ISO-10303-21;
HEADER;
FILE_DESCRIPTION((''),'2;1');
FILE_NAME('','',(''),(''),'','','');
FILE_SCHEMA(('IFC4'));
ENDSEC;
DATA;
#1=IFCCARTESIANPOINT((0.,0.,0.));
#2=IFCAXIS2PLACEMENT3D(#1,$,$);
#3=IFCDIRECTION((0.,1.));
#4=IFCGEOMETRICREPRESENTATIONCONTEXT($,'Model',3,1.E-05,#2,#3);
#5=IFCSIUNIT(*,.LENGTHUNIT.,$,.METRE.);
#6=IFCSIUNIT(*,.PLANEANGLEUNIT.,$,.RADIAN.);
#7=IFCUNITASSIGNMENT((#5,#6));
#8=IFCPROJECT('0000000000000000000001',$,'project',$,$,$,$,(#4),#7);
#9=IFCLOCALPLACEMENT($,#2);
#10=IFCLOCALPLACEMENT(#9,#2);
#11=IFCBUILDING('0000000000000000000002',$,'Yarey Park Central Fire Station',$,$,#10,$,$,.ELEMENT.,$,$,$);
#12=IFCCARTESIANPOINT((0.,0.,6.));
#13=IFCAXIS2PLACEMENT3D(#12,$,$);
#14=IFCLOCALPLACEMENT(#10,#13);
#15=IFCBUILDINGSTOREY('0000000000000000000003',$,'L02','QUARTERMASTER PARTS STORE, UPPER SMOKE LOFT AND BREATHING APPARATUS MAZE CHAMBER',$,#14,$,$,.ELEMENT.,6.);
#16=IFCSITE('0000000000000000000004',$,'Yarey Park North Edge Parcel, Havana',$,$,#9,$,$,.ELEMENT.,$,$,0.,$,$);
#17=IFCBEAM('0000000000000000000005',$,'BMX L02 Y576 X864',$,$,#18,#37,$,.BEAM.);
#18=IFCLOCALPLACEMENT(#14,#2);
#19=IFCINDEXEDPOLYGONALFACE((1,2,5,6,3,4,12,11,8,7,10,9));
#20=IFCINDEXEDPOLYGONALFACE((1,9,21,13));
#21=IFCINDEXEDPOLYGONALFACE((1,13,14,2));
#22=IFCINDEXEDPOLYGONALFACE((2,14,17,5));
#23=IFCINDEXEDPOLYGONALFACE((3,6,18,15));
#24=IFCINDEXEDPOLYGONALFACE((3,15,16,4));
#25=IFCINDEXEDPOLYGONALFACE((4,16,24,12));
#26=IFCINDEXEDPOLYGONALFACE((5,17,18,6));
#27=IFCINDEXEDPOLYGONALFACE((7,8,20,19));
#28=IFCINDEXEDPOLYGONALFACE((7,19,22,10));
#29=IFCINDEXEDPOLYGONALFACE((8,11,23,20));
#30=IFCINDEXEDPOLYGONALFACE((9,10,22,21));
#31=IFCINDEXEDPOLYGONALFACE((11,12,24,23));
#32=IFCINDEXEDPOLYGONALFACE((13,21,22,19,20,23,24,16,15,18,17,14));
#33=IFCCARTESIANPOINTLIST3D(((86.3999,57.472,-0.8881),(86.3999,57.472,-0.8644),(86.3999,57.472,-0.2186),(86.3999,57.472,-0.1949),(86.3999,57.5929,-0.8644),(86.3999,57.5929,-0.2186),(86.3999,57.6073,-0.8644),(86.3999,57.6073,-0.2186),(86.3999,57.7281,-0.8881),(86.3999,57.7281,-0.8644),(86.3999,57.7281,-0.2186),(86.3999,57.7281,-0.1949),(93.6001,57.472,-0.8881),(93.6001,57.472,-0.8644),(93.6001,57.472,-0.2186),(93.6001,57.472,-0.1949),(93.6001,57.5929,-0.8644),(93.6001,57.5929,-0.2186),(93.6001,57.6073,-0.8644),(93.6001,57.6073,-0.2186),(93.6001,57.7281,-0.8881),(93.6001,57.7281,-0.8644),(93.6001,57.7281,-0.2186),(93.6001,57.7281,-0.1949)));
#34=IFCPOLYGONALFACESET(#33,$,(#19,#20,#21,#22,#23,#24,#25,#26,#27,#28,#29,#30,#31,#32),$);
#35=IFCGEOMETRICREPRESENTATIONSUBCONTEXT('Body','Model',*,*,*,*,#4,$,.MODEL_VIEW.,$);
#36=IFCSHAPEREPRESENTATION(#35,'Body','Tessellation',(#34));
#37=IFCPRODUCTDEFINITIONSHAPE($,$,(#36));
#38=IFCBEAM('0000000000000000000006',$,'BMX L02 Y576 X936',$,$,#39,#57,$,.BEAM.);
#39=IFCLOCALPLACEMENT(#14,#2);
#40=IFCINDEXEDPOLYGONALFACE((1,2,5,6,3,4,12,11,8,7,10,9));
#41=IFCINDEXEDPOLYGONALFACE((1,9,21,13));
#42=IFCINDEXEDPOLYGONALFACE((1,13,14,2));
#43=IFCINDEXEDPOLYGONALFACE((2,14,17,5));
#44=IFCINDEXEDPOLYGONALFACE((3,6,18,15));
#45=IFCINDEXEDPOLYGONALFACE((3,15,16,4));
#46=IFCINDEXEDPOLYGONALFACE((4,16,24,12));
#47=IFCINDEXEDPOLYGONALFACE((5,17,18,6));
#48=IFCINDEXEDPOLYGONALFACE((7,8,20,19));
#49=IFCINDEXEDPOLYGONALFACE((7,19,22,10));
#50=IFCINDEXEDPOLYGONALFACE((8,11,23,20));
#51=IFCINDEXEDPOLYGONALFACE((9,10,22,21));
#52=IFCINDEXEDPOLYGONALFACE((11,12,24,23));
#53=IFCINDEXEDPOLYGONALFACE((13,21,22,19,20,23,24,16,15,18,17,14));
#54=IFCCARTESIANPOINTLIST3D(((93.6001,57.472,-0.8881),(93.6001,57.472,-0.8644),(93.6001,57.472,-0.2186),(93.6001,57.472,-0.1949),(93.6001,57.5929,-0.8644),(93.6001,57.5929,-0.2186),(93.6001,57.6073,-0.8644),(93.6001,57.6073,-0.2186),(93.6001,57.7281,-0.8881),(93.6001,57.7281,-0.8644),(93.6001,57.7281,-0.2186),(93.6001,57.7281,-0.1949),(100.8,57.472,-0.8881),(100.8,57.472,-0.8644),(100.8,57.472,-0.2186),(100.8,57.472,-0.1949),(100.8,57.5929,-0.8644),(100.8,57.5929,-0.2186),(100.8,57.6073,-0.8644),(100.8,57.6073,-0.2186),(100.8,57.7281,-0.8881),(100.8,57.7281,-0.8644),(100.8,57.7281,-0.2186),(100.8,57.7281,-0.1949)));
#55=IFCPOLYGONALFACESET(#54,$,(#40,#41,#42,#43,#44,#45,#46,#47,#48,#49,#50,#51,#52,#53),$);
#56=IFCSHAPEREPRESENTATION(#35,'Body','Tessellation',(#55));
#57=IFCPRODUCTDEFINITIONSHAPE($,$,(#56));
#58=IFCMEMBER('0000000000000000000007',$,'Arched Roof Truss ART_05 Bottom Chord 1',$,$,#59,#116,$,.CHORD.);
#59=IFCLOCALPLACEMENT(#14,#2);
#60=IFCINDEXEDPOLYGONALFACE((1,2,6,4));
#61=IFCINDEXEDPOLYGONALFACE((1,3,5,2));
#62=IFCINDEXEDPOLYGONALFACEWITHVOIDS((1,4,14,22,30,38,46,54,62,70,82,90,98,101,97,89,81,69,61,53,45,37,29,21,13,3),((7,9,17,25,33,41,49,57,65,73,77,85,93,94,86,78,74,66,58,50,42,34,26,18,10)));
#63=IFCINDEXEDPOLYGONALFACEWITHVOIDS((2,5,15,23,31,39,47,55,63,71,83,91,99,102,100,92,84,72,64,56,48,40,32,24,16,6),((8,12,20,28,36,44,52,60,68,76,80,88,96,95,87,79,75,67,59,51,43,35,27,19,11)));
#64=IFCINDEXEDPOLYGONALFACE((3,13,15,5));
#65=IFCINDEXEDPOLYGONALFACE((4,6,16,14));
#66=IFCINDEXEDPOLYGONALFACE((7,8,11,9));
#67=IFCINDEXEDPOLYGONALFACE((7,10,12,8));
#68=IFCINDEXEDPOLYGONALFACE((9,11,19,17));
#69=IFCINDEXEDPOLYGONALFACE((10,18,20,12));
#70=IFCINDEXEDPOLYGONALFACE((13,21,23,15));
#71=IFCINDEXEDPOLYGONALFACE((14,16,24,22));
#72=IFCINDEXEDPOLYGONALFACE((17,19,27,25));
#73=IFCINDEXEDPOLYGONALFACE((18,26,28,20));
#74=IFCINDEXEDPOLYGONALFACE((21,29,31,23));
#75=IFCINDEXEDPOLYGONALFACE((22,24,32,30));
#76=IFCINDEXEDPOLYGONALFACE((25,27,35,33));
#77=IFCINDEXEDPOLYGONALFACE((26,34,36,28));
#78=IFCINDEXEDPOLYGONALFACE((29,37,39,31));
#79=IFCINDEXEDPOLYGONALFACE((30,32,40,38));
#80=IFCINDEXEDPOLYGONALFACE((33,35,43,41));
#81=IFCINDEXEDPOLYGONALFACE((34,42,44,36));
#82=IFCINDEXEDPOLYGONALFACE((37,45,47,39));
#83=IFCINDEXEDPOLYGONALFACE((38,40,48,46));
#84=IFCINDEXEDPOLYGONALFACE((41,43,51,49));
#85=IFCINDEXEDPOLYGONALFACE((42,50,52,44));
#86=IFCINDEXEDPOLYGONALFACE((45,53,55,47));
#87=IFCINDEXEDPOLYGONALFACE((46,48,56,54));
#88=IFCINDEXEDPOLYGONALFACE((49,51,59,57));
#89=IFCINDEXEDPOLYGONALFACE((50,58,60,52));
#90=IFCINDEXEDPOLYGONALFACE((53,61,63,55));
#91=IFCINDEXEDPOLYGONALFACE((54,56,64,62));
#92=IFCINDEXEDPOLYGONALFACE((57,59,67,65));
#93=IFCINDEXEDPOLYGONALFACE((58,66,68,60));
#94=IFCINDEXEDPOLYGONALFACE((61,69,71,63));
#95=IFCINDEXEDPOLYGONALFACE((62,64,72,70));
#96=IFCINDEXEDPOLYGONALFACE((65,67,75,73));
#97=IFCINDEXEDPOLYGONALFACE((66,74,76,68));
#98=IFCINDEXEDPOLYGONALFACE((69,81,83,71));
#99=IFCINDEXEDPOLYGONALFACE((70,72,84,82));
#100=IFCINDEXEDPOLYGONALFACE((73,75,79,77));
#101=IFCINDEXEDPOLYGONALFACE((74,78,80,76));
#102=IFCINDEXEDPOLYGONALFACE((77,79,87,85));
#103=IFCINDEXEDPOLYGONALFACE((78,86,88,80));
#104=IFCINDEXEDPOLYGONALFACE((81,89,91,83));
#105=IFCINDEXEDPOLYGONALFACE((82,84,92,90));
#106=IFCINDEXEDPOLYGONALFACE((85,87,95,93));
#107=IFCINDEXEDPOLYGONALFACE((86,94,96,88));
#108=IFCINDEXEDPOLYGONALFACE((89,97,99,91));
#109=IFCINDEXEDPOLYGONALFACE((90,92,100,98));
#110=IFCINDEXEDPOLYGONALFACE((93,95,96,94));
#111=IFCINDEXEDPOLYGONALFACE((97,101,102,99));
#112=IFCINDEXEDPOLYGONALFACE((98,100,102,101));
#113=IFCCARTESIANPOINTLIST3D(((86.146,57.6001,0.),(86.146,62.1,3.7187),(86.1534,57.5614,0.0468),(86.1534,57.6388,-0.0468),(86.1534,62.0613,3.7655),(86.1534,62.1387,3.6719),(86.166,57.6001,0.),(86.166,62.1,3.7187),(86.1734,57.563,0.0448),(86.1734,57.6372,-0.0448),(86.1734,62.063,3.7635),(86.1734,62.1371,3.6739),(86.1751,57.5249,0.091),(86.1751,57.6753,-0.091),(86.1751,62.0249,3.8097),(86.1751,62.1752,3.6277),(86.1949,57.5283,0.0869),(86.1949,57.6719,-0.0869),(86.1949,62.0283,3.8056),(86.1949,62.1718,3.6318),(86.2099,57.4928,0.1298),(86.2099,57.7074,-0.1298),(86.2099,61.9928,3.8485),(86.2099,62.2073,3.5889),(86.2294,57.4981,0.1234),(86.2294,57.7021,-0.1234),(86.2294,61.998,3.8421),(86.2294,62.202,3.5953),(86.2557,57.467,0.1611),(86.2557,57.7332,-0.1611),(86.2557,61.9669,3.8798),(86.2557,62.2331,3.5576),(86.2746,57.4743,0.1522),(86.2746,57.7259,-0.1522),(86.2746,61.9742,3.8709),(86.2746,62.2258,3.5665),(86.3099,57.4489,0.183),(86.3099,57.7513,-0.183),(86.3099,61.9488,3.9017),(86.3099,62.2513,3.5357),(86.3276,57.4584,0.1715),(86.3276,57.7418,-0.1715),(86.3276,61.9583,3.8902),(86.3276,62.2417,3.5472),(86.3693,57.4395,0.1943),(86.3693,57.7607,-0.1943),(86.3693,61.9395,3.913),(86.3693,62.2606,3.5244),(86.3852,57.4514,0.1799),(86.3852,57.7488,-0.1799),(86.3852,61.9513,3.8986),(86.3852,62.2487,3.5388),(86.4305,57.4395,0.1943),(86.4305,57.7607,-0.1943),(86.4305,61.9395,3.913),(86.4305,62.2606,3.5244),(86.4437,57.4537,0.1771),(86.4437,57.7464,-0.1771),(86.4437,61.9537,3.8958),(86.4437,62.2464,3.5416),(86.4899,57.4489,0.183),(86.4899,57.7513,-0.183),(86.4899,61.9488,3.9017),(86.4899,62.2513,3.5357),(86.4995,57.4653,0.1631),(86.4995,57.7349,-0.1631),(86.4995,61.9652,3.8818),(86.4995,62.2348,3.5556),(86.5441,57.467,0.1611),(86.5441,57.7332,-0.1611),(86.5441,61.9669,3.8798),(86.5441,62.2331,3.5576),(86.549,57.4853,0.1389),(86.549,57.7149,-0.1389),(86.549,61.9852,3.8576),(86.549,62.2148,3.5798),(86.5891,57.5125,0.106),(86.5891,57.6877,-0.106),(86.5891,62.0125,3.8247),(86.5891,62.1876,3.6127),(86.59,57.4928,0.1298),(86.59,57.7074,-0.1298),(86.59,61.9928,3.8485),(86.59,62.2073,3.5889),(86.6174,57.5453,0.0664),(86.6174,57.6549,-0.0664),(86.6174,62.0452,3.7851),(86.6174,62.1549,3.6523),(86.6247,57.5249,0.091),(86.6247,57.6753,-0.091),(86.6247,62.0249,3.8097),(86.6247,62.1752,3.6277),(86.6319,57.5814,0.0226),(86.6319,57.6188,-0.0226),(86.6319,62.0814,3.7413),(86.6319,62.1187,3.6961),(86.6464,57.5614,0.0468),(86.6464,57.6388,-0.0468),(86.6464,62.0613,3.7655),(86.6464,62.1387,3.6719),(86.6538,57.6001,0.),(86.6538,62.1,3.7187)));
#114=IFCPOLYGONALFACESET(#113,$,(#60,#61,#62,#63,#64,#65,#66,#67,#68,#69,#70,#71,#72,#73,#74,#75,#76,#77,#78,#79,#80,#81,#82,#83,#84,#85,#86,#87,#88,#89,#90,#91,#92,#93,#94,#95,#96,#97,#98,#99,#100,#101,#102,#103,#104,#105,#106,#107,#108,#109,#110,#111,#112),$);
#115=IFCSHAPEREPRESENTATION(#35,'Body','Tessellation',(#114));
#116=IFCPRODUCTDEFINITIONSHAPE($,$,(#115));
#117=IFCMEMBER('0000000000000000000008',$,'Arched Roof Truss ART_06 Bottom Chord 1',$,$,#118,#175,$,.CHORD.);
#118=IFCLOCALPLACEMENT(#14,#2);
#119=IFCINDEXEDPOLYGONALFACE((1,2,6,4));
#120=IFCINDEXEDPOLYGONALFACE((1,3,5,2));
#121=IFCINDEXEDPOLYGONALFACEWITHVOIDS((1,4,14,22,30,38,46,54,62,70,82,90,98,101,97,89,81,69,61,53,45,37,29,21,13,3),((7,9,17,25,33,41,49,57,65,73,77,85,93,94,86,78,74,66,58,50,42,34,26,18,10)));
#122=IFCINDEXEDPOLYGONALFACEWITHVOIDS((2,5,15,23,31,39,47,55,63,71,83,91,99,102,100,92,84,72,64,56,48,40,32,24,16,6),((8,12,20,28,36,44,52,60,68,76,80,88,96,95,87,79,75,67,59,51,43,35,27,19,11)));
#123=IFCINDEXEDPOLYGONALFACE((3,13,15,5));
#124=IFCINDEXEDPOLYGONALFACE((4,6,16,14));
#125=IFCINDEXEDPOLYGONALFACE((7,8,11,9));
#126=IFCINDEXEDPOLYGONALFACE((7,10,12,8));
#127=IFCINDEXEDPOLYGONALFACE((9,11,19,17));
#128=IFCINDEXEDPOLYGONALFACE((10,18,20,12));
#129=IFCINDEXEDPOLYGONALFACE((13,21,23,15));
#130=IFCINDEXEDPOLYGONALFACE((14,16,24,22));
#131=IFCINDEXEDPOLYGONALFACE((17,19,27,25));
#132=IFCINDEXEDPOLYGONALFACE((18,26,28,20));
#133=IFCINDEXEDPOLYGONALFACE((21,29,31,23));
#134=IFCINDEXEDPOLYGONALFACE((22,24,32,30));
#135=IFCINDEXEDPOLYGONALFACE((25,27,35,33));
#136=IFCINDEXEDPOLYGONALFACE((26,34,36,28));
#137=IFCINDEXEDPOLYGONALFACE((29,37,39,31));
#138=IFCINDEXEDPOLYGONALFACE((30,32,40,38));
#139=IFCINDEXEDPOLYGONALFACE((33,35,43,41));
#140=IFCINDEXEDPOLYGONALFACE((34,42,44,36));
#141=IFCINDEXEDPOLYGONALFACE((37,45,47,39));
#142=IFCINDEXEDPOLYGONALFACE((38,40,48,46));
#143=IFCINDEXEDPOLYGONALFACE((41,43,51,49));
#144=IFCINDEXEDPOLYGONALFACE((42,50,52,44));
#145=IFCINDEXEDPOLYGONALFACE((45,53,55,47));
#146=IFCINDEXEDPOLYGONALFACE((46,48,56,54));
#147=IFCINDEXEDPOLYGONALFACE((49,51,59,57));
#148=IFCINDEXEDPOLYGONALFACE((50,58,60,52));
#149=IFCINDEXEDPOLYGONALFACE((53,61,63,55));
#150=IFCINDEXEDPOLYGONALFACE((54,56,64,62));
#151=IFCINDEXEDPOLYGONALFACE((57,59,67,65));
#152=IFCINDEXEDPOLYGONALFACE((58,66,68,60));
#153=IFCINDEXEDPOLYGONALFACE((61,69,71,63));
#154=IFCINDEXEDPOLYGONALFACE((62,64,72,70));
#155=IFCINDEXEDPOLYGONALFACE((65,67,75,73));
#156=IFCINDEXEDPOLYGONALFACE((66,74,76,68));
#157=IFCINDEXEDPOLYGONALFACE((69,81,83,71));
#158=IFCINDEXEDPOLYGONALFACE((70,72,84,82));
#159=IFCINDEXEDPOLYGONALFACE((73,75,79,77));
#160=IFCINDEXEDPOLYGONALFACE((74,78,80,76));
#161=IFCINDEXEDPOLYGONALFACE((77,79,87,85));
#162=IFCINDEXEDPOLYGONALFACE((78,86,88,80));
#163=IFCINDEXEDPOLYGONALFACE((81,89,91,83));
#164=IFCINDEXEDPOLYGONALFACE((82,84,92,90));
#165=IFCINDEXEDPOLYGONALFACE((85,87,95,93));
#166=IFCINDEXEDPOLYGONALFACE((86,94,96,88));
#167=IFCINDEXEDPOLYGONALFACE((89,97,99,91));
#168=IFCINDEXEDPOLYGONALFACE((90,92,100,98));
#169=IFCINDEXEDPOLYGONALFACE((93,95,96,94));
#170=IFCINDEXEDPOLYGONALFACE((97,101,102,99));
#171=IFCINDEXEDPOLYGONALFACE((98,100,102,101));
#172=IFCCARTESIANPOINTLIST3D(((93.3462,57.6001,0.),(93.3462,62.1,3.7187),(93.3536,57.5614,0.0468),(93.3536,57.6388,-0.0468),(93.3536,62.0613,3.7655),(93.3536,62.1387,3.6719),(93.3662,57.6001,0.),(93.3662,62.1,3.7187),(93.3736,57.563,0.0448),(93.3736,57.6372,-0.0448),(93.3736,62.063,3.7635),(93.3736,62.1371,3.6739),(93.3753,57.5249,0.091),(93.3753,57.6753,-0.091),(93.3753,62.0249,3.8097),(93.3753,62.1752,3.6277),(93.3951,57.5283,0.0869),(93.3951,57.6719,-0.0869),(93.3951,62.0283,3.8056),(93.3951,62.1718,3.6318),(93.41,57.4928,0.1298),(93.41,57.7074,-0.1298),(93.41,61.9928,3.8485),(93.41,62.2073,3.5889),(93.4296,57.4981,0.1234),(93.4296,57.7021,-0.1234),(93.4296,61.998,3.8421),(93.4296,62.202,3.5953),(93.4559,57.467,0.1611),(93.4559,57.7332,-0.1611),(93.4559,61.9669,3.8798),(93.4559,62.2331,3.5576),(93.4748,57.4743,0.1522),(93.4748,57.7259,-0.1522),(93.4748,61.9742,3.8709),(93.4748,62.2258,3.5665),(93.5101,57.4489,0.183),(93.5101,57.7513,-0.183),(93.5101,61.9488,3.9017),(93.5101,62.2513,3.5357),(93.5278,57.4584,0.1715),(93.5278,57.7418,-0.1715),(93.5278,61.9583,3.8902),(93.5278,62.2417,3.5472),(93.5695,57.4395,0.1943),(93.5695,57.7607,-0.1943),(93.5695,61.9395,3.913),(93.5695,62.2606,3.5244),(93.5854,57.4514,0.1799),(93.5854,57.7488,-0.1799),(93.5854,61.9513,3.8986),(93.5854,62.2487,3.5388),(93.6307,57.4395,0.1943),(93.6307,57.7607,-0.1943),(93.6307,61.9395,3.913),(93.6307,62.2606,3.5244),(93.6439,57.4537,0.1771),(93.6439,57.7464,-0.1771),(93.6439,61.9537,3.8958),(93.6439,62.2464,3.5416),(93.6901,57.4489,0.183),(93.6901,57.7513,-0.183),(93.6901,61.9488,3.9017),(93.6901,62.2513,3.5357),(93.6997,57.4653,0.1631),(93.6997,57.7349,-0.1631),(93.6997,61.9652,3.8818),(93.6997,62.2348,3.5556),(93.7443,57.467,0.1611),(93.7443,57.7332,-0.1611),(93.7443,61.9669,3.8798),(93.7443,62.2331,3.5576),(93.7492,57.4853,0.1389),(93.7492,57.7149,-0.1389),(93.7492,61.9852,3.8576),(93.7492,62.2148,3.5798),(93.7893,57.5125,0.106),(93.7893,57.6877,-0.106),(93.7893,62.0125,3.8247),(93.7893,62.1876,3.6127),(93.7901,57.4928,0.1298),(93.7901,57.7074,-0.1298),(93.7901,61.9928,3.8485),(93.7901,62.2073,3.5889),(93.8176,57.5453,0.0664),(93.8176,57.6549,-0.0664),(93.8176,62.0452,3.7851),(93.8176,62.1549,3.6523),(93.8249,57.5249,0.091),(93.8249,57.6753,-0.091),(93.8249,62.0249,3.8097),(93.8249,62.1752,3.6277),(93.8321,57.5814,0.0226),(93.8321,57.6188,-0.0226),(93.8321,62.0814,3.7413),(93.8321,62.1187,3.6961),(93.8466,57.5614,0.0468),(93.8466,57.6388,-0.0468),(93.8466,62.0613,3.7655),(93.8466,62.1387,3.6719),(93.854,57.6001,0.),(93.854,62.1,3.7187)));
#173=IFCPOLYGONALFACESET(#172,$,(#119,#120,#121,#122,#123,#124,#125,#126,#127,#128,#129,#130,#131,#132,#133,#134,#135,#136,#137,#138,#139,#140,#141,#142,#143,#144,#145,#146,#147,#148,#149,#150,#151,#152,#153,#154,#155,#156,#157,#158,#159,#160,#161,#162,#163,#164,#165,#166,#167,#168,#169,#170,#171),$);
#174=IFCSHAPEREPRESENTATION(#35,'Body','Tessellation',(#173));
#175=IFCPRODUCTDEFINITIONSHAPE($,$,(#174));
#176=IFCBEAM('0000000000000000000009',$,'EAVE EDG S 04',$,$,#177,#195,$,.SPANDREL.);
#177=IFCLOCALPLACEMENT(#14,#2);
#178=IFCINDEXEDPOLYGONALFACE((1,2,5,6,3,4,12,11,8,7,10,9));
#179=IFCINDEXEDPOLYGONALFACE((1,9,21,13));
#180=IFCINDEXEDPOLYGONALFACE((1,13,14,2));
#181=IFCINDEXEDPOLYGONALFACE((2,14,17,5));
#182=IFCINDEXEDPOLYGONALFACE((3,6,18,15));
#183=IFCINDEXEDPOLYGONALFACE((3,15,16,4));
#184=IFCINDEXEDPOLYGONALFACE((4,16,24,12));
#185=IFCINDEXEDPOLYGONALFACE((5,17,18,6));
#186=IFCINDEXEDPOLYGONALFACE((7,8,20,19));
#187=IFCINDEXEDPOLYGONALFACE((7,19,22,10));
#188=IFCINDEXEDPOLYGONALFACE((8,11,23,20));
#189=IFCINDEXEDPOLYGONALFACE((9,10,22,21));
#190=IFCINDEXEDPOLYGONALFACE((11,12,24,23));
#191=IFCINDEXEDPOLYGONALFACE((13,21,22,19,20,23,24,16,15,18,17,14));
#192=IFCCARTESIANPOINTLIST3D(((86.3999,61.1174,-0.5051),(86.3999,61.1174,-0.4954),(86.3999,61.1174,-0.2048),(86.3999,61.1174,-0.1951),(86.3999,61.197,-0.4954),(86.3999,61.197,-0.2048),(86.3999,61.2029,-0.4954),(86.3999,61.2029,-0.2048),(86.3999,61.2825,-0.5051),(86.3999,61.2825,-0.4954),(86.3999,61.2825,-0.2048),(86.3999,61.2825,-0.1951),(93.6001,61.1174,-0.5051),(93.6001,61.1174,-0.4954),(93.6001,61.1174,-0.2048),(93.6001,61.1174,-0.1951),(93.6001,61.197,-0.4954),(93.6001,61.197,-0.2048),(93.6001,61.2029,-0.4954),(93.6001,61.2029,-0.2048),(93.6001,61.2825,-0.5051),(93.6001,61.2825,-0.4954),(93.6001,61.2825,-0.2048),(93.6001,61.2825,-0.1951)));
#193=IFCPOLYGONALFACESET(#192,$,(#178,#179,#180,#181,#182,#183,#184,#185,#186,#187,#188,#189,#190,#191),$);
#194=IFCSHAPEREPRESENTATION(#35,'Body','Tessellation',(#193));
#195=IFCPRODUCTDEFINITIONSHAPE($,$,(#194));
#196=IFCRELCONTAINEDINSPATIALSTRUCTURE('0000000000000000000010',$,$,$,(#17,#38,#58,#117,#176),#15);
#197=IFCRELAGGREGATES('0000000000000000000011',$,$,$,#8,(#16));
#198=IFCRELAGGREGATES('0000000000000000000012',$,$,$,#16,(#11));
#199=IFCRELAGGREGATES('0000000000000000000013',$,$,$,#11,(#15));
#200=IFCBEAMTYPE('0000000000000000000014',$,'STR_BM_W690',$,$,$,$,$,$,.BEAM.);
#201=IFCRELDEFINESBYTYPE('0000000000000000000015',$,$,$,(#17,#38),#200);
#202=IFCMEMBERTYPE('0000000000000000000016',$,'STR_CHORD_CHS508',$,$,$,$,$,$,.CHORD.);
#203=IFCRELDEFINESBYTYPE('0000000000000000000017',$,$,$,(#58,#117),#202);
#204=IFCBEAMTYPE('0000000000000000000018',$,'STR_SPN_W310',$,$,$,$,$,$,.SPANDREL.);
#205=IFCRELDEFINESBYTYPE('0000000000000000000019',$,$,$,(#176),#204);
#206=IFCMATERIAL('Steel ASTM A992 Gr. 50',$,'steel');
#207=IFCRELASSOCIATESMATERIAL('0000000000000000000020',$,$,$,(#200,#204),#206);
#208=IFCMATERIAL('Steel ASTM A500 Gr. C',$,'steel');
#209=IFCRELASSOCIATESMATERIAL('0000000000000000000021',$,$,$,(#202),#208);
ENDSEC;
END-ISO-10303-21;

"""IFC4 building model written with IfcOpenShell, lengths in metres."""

from ifc_helpers import new_model, si_unit, direction, frame, origin, origin_2d, place, context, subcontext, project, spatial, hollow_circle, i_section, extrude, material, material_profile, profile_set, type_object, element, save


model = new_model("IFC4")

# Units and contexts
model_context = context("Model", 3, precision=1e-05, world=origin(), true_north=direction((0.0, 1.0)))
body_context = subcontext(model_context, "Body", "Model", "MODEL_VIEW")
ifc_project = project(units=[si_unit("LENGTHUNIT", "METRE"), si_unit("PLANEANGLEUNIT", "RADIAN")], contexts=[model_context])

# Site, building, storey
site_placement = place(None, origin())
site = spatial("IfcSite", under=ifc_project, at=site_placement, Name="Yarey Park North Edge Parcel, Havana", CompositionType="ELEMENT", RefElevation=0.0)
building_placement = place(site_placement, origin())
building = spatial("IfcBuilding", under=site, at=building_placement, Name="Yarey Park Central Fire Station", CompositionType="ELEMENT")
storey_placement = place(building_placement, frame((0.0, 0.0, 6.0)))
storey = spatial("IfcBuildingStorey", under=building, at=storey_placement, Name="L02", Description="QUARTERMASTER PARTS STORE, UPPER SMOKE LOFT AND BREATHING APPARATUS MAZE CHAMBER", CompositionType="ELEMENT", Elevation=6.0)

# Shared definitions
ifc_material_1 = material(Name="Steel ASTM A992 Gr. 50", Category="steel")

# Beams
ifc_material_profile_1 = material_profile(ifc_material_1, i_section(OverallWidth=0.2561, OverallDepth=0.6931, WebThickness=0.0144, FlangeThickness=0.0237, at=origin_2d()), Name="W690x170")
ifc_profile_set_1 = profile_set([ifc_material_profile_1], Name="Steel ASTM A992 Gr. 50")
beam_type_1 = type_object("IfcBeamType", Name="STR_BM_W690", PredefinedType="BEAM", material=ifc_profile_set_1)
beam_1_placement = place(storey_placement, frame((86.3999, 57.6001, -0.5415), z_axis=(1.0, 0.0, 0.0), x_axis=(0.0, 1.0, 0.0)))
element("IfcBeam", 1, at=beam_1_placement, inside=storey, type_object=beam_type_1, Name="BMX L02 Y576 X864", PredefinedType="BEAM", context=body_context, shape_type="SweptSolid", body=[
    extrude(i_section(OverallWidth=0.2561, OverallDepth=0.6931, WebThickness=0.0144, FlangeThickness=0.0237, at=origin_2d()), origin(), (0.0, 0.0, 1.0), 7.2002),
])
beam_2_placement = place(storey_placement, frame((93.6001, 57.6001, -0.5415), z_axis=(1.0, 0.0, 0.0), x_axis=(0.0, 1.0, 0.0)))
element("IfcBeam", 2, at=beam_2_placement, inside=storey, type_object=beam_type_1, Name="BMX L02 Y576 X936", PredefinedType="BEAM", context=body_context, shape_type="SweptSolid", body=[
    extrude(i_section(OverallWidth=0.2561, OverallDepth=0.6931, WebThickness=0.0144, FlangeThickness=0.0237, at=origin_2d()), origin(), (0.0, 0.0, 1.0), 7.2),
])

# Members
ifc_material_2 = material(Name="Steel ASTM A500 Gr. C", Category="steel")
ifc_material_profile_2 = material_profile(ifc_material_2, hollow_circle(Radius=0.2539, WallThickness=0.02, at=origin_2d()), Name="CHS 508x20")
ifc_profile_set_2 = profile_set([ifc_material_profile_2], Name="Steel ASTM A500 Gr. C")
member_type_1 = type_object("IfcMemberType", Name="STR_CHORD_CHS508", PredefinedType="CHORD", material=ifc_profile_set_2)
for number, where, z_axis, x_axis, name in (
    (3, (86.3999, 57.6001, 0.0), (0.0, 0.770847, 0.63702), (-1.0, 0.0, 0.0), "Arched Roof Truss ART_05 Bottom Chord 1"),
    (4, (93.6001, 57.6001, 0.0), (0.0, 0.770847, 0.63702), (-1.0, 0.0, 0.0), "Arched Roof Truss ART_06 Bottom Chord 1"),
):
    element("IfcMember", number, at=place(storey_placement, frame(where, z_axis=z_axis, x_axis=x_axis)), inside=storey, type_object=member_type_1, Name=name, PredefinedType="CHORD", context=body_context, shape_type="SweptSolid", body=[
        extrude(hollow_circle(Radius=0.2539, WallThickness=0.02, at=origin_2d()), origin(), (0.0, 0.0, 1.0), 5.8376),
    ])

# Beam
ifc_material_profile_3 = material_profile(ifc_material_1, i_section(OverallWidth=0.165, OverallDepth=0.3101, WebThickness=0.0059, FlangeThickness=0.0098, at=origin_2d()), Name="W310x39")
ifc_profile_set_3 = profile_set([ifc_material_profile_3], Name="Steel ASTM A992 Gr. 50")
beam_type_2 = type_object("IfcBeamType", Name="STR_SPN_W310", PredefinedType="SPANDREL", material=ifc_profile_set_3)
beam_3_placement = place(storey_placement, frame((86.3999, 61.2, -0.3501), z_axis=(1.0, 0.0, 0.0), x_axis=(0.0, 1.0, 0.0)))
element("IfcBeam", 5, at=beam_3_placement, inside=storey, type_object=beam_type_2, Name="EAVE EDG S 04", PredefinedType="SPANDREL", context=body_context, shape_type="SweptSolid", body=[
    extrude(i_section(OverallWidth=0.165, OverallDepth=0.3101, WebThickness=0.0059, FlangeThickness=0.0098, at=origin_2d()), origin(), (0.0, 0.0, 1.0), 7.2002),
])

save(model, "model.ifc")
